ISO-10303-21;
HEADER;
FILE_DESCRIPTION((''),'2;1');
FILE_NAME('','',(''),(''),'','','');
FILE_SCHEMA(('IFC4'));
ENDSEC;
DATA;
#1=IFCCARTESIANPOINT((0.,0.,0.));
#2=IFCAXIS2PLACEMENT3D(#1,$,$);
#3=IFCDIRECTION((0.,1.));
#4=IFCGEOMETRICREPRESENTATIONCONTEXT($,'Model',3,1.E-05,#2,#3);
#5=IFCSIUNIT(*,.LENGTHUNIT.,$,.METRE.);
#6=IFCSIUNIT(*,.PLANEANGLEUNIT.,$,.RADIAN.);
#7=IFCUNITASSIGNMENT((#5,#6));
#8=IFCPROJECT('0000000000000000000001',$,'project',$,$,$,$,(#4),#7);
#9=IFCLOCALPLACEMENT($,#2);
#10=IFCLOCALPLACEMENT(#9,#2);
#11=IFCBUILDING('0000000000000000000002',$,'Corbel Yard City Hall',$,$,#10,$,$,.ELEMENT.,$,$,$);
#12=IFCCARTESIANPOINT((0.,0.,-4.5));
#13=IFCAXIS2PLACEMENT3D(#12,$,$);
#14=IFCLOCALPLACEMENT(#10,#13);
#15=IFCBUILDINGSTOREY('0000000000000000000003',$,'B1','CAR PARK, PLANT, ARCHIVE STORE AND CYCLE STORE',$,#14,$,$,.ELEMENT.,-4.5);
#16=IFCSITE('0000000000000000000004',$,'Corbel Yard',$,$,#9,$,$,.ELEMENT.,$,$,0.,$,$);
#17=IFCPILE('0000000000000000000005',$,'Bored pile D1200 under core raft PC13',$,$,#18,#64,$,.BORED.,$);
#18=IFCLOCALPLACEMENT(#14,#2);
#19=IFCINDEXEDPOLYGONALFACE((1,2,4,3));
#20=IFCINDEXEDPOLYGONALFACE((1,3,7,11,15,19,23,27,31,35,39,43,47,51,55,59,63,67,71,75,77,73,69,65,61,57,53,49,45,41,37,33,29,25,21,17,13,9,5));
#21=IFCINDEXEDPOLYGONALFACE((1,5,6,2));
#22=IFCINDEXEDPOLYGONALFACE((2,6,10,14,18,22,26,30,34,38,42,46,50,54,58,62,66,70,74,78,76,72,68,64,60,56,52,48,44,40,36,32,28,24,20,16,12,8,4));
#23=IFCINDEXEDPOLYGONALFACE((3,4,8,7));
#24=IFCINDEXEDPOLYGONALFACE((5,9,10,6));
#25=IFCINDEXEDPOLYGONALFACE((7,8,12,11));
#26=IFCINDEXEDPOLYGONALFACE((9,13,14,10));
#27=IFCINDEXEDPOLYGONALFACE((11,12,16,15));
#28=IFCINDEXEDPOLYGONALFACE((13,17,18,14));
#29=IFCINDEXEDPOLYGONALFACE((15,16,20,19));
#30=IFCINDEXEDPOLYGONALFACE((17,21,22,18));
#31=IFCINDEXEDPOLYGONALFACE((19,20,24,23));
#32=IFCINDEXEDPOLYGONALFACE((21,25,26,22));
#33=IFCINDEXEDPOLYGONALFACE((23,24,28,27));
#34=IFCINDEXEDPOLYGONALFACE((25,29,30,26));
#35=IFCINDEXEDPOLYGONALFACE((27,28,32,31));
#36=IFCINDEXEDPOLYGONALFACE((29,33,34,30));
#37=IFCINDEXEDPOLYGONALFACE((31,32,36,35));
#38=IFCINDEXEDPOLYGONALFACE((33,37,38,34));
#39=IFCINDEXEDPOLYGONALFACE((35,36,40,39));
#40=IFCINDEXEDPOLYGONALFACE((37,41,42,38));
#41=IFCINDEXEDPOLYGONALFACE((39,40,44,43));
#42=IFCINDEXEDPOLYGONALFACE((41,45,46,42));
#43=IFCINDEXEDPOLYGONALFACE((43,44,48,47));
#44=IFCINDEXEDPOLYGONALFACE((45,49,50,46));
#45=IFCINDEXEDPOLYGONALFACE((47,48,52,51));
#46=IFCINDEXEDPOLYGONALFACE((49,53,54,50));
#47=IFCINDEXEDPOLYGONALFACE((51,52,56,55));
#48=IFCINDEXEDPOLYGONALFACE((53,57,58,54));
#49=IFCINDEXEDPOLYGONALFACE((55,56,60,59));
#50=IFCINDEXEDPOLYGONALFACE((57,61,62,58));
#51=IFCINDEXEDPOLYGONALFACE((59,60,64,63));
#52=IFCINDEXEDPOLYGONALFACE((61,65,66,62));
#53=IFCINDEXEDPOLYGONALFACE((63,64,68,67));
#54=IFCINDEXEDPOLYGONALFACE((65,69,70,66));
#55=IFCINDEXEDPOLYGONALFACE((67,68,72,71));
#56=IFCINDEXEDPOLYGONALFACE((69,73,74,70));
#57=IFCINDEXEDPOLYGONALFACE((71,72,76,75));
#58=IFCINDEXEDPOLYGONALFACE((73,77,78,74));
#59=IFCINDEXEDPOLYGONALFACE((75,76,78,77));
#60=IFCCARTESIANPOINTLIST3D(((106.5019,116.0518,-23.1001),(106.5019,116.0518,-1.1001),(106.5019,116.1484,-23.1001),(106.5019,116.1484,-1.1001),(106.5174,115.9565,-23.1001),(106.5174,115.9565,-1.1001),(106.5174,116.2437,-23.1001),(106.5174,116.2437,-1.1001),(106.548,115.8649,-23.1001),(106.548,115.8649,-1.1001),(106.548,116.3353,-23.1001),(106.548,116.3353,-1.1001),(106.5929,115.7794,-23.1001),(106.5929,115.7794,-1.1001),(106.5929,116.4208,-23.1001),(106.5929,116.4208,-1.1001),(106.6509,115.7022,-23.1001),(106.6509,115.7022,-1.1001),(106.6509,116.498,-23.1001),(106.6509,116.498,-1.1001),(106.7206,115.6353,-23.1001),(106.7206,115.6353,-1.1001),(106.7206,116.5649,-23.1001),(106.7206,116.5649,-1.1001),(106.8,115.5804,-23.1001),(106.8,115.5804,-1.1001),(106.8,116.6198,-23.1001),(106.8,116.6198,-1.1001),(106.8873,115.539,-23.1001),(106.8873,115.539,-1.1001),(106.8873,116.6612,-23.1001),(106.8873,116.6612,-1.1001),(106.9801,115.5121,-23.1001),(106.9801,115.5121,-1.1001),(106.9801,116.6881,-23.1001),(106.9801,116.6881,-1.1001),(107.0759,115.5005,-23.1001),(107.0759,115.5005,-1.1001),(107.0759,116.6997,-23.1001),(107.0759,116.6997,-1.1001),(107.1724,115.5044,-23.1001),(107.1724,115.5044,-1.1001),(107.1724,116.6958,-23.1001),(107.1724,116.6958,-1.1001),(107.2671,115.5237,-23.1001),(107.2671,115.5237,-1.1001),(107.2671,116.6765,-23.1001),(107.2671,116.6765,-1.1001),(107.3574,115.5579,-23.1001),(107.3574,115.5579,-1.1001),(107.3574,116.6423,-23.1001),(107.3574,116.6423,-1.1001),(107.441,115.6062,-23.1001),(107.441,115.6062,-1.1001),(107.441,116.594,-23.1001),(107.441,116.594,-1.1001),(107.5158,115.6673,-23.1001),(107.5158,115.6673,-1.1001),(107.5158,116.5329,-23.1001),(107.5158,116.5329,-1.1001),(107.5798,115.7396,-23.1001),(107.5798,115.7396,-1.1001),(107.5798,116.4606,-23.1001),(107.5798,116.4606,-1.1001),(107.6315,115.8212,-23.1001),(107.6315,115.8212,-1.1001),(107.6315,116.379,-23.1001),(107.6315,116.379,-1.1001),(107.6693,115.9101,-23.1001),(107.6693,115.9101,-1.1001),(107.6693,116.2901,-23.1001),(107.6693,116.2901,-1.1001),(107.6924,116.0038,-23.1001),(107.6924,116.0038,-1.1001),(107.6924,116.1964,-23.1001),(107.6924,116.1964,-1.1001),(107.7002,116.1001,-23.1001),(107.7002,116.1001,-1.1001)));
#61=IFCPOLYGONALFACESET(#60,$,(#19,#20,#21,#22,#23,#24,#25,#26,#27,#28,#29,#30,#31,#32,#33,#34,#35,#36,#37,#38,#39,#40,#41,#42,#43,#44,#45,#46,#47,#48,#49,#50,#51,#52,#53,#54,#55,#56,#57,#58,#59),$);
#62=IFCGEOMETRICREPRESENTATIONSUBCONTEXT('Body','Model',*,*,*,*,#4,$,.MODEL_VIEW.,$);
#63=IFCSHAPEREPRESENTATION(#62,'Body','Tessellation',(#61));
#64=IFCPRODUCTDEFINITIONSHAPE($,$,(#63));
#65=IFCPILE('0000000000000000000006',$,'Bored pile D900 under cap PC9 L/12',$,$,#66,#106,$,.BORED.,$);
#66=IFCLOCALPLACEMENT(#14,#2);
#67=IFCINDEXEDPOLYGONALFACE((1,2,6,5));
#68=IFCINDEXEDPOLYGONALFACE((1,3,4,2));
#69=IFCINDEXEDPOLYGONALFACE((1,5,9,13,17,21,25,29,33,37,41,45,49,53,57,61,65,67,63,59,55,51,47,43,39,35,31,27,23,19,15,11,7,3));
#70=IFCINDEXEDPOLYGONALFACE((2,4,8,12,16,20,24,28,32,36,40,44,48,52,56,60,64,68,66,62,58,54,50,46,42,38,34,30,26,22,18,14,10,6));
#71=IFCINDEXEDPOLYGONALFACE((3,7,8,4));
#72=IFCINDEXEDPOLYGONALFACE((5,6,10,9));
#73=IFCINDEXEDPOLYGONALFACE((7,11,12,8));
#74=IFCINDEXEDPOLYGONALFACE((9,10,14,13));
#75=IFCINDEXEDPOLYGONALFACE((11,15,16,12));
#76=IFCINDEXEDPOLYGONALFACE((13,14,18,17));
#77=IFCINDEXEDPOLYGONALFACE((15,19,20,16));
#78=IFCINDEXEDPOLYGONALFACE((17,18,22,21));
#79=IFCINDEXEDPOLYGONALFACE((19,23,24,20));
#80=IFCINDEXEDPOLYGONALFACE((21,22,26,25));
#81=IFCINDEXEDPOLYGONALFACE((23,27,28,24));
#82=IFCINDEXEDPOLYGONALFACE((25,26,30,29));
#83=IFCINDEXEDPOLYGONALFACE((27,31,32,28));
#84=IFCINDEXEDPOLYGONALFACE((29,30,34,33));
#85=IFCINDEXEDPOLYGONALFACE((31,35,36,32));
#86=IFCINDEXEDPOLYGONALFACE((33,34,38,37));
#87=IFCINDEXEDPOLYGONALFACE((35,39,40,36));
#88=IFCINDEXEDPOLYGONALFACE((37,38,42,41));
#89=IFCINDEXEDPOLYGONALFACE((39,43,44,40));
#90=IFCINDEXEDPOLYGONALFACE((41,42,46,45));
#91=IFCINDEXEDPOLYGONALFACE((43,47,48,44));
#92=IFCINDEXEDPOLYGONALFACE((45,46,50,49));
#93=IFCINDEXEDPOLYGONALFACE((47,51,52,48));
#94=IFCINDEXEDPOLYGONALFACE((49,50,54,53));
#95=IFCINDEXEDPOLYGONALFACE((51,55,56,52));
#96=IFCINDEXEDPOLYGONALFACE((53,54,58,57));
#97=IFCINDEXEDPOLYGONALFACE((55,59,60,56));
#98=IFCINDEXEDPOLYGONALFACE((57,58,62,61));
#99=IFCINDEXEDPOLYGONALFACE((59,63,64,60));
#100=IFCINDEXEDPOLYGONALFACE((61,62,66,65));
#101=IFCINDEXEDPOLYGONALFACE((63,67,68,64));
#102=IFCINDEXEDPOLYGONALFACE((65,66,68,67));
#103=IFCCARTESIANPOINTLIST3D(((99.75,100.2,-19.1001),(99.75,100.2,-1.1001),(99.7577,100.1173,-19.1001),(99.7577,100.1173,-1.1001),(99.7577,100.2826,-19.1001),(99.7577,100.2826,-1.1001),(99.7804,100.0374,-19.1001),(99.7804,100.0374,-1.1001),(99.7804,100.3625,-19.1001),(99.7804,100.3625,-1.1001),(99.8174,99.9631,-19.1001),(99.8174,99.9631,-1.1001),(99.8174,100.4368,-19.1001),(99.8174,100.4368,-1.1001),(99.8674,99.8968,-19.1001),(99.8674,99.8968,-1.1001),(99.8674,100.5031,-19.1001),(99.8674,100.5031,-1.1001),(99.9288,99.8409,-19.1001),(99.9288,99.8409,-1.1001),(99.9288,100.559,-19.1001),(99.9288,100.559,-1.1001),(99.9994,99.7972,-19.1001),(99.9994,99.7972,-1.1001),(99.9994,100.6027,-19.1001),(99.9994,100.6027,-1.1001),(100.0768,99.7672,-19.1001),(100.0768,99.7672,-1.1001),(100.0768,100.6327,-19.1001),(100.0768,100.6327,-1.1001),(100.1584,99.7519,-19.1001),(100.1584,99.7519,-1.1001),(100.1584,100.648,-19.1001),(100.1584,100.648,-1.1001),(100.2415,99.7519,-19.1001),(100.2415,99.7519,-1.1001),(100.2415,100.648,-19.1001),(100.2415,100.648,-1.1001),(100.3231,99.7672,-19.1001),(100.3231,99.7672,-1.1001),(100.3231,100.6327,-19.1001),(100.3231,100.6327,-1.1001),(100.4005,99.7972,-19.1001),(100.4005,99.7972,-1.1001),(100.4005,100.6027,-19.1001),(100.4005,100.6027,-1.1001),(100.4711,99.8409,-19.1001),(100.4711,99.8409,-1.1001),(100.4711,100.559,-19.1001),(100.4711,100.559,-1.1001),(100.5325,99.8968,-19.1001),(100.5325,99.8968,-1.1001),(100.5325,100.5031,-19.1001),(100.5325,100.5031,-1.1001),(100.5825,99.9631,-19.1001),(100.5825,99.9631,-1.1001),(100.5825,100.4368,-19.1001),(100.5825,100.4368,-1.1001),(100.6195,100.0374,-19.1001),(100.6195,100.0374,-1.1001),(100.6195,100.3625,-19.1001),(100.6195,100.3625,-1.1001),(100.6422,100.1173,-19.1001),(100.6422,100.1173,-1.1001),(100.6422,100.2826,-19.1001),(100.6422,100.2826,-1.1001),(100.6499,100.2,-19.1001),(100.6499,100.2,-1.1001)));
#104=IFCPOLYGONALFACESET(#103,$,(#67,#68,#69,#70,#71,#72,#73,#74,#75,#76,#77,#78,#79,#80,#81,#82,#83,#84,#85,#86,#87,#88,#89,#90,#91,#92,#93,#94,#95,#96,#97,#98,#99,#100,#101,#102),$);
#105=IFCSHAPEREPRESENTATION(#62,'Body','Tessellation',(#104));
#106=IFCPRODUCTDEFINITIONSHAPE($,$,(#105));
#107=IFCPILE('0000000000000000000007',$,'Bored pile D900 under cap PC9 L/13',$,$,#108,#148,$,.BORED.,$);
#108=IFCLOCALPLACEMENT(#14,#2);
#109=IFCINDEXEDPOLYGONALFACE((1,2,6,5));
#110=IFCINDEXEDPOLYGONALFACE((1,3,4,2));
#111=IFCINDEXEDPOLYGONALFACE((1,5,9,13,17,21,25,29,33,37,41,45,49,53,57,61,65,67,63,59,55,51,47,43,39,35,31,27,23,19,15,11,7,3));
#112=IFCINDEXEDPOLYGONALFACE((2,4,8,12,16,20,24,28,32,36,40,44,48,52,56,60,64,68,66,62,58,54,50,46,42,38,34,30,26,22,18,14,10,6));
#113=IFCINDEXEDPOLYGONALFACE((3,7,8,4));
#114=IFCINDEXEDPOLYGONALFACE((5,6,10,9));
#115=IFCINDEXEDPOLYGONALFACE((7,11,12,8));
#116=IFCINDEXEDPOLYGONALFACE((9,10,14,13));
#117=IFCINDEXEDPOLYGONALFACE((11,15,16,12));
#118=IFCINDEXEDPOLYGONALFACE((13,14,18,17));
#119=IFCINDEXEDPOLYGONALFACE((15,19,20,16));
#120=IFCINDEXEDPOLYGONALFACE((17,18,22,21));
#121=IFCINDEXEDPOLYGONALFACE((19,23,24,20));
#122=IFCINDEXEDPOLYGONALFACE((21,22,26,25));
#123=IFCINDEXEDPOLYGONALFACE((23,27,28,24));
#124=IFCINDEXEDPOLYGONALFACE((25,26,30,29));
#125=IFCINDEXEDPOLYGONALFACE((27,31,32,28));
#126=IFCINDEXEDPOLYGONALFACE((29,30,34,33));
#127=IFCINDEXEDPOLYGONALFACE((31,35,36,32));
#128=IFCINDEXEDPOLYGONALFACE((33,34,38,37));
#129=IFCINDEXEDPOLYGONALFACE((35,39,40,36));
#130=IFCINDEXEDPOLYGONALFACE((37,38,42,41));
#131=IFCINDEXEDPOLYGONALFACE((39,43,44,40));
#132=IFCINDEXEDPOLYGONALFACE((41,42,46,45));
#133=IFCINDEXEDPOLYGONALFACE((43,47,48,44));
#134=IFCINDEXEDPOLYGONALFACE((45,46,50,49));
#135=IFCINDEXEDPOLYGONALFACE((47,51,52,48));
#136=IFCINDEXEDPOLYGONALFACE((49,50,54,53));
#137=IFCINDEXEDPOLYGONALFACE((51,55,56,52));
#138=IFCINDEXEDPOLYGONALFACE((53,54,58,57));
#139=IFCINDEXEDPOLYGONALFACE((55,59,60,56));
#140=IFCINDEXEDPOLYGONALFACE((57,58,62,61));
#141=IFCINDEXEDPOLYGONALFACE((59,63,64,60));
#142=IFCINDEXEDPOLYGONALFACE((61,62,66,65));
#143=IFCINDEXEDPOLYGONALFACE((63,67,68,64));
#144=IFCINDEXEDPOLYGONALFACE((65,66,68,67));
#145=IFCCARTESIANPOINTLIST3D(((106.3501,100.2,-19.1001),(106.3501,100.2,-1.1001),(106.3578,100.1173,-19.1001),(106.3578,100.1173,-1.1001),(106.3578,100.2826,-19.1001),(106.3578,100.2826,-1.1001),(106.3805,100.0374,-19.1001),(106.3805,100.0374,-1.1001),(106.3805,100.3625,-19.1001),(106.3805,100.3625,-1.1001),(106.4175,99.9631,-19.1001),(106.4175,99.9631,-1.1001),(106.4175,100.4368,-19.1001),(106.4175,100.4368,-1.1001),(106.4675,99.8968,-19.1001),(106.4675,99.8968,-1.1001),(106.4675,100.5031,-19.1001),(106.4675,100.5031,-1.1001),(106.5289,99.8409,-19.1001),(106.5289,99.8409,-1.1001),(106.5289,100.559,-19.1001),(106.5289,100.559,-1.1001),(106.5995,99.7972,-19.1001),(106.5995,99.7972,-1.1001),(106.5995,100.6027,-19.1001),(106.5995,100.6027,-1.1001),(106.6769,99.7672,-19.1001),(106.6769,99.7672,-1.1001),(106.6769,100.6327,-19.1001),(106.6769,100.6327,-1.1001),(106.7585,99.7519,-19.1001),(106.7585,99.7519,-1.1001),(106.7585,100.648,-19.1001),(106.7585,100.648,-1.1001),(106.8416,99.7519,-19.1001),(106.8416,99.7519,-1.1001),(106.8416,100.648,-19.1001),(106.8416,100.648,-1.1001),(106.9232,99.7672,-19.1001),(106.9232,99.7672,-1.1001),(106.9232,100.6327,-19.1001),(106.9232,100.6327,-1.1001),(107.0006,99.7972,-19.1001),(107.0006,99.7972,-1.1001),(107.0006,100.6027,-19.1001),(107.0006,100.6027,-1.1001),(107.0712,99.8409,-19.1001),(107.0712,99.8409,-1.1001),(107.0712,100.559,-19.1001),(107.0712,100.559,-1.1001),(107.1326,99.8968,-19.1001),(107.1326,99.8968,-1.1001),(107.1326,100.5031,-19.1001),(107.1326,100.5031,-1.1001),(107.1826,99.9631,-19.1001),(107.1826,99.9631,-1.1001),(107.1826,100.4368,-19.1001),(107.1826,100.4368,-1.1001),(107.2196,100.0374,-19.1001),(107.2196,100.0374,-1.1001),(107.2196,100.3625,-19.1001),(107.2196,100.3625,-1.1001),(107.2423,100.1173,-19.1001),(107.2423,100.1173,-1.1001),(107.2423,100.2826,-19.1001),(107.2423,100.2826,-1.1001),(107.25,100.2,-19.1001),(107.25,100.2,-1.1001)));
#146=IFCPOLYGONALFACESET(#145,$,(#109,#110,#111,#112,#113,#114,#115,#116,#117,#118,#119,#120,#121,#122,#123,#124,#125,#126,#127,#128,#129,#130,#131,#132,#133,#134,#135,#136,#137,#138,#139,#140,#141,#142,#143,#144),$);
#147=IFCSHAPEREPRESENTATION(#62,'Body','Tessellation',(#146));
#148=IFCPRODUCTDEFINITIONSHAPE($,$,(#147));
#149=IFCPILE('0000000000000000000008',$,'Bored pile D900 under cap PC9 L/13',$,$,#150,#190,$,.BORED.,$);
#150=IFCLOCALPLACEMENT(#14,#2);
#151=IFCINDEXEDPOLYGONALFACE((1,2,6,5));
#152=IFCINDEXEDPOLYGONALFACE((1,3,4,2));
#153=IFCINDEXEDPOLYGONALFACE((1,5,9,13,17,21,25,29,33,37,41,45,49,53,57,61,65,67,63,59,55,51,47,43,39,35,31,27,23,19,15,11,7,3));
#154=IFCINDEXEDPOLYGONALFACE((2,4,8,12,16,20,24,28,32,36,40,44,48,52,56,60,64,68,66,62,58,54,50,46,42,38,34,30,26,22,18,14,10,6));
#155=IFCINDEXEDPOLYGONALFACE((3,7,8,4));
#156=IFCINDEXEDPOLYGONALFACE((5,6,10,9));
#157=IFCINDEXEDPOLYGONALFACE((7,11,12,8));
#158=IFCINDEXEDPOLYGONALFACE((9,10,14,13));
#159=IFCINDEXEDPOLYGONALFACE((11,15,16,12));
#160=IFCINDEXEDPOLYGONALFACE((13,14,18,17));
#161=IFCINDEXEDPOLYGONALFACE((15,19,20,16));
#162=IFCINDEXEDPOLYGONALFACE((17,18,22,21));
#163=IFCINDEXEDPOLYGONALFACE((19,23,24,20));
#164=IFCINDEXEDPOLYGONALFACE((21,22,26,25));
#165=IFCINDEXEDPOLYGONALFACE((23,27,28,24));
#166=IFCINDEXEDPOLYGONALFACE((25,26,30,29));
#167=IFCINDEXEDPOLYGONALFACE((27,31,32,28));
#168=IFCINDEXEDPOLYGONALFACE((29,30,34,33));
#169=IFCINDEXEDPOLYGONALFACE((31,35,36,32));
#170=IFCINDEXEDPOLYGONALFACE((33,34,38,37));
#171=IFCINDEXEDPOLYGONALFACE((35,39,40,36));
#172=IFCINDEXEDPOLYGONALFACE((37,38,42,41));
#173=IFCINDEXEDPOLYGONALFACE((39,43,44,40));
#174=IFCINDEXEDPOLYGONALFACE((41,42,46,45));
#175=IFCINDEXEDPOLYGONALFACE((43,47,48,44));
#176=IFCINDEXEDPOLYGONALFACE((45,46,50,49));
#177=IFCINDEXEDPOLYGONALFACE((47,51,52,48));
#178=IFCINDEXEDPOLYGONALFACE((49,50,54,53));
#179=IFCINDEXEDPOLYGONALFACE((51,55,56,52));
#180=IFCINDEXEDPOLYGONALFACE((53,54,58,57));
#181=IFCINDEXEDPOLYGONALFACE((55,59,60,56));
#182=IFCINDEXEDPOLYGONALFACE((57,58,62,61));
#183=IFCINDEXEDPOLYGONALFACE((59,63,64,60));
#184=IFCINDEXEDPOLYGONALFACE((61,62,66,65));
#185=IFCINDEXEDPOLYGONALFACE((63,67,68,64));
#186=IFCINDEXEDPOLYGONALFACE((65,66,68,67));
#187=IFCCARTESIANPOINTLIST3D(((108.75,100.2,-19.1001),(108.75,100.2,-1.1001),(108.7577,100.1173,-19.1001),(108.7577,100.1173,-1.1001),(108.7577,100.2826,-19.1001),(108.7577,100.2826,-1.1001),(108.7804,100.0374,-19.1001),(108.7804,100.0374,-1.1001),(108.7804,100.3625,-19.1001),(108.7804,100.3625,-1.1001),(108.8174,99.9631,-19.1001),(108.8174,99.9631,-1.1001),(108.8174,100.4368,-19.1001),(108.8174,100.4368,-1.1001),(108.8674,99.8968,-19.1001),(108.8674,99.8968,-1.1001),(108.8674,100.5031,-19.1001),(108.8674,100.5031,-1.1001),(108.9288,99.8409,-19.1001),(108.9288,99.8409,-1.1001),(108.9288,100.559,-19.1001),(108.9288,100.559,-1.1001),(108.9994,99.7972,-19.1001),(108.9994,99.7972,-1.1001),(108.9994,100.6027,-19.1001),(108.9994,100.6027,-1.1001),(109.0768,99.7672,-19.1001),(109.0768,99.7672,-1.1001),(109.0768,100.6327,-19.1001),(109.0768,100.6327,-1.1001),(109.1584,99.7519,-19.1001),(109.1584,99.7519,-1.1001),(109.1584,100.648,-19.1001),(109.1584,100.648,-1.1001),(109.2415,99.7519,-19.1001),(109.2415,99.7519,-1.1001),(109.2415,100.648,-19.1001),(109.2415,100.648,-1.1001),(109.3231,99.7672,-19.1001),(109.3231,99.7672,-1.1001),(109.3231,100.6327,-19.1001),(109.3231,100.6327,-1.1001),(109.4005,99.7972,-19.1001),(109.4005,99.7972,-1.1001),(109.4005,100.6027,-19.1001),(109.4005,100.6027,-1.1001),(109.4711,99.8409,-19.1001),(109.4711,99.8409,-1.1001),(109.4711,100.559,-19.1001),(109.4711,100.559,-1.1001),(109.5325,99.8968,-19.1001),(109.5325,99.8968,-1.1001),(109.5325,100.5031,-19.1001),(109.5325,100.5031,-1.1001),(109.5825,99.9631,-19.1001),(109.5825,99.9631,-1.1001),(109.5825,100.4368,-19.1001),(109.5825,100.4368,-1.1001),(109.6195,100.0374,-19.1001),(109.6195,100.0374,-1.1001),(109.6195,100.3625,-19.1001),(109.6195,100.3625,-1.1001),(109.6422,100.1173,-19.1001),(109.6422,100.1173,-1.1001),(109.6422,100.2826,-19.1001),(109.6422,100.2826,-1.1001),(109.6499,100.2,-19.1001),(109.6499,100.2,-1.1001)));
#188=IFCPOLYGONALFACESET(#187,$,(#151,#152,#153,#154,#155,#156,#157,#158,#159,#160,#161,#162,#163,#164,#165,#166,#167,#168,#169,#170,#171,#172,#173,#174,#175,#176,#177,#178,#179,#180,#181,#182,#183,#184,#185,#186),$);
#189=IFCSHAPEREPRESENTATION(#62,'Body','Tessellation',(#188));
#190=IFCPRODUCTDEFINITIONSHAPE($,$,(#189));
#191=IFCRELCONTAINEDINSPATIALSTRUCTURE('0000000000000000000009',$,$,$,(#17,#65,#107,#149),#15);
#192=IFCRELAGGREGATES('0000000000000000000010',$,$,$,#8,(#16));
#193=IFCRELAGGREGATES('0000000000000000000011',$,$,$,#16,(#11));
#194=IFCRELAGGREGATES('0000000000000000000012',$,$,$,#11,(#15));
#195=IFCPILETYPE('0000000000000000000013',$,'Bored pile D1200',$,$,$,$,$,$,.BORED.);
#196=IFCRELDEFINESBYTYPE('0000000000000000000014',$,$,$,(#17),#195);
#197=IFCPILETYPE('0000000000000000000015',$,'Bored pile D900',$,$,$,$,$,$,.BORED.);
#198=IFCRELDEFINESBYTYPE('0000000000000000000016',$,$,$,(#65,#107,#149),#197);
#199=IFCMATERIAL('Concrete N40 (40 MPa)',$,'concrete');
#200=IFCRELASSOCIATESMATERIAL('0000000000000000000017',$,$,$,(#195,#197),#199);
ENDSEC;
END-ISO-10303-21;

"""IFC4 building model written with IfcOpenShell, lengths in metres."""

from ifc_helpers import new_model, si_unit, direction, frame, origin, origin_2d, place, context, subcontext, project, spatial, circle, extrude, material, material_profile, profile_set, type_object, element, save


model = new_model("IFC4")

# Units and contexts
model_context = context("Model", 3, precision=1e-05, world=origin(), true_north=direction((0.0, 1.0)))
body_context = subcontext(model_context, "Body", "Model", "MODEL_VIEW")
ifc_project = project(units=[si_unit("LENGTHUNIT", "METRE"), si_unit("PLANEANGLEUNIT", "RADIAN")], contexts=[model_context])

# Site, building, storey
site_placement = place(None, origin())
site = spatial("IfcSite", under=ifc_project, at=site_placement, Name="Corbel Yard", CompositionType="ELEMENT", RefElevation=0.0)
building_placement = place(site_placement, origin())
building = spatial("IfcBuilding", under=site, at=building_placement, Name="Corbel Yard City Hall", CompositionType="ELEMENT")
storey_placement = place(building_placement, frame((0.0, 0.0, -4.5)))
storey = spatial("IfcBuildingStorey", under=building, at=storey_placement, Name="B1", Description="CAR PARK, PLANT, ARCHIVE STORE AND CYCLE STORE", CompositionType="ELEMENT", Elevation=-4.5)

# Piles
ifc_material_1 = material(Name="Concrete N40 (40 MPa)", Category="concrete")
ifc_material_profile_1 = material_profile(ifc_material_1, circle(Radius=0.6001, at=origin_2d()), Name="D1200")
ifc_profile_set_1 = profile_set([ifc_material_profile_1], Name="Concrete N40 (40 MPa)")
pile_type_1 = type_object("IfcPileType", Name="Bored pile D1200", PredefinedType="BORED", material=ifc_profile_set_1)
for number, where, z_axis, x_axis, name in (
    (1, (107.1001, 116.1001, -1.1001), (0.0, 0.0, -1.0), (1.0, 0.0, 0.0), "Bored pile D1200 under core raft PC13"),
):
    element("IfcPile", number, at=place(storey_placement, frame(where, z_axis=z_axis, x_axis=x_axis)), inside=storey, type_object=pile_type_1, Name=name, PredefinedType="BORED", context=body_context, shape_type="SweptSolid", body=[
        extrude(circle(Radius=0.6001, at=origin_2d()), origin(), (0.0, 0.0, 1.0), 22.0),
    ])
ifc_material_profile_2 = material_profile(ifc_material_1, circle(Radius=0.45, at=origin_2d()), Name="D900")
ifc_profile_set_2 = profile_set([ifc_material_profile_2], Name="Concrete N40 (40 MPa)")
pile_type_2 = type_object("IfcPileType", Name="Bored pile D900", PredefinedType="BORED", material=ifc_profile_set_2)
for number, where, z_axis, x_axis, name in (
    (2, (100.2, 100.2, -1.1001), (0.0, 0.0, -1.0), (1.0, 0.0, 0.0), "Bored pile D900 under cap PC9 L/12"),
    (3, (106.8, 100.2, -1.1001), (0.0, 0.0, -1.0), (1.0, 0.0, 0.0), "Bored pile D900 under cap PC9 L/13"),
    (4, (109.2, 100.2, -1.1001), (0.0, 0.0, -1.0), (1.0, 0.0, 0.0), "Bored pile D900 under cap PC9 L/13"),
):
    element("IfcPile", number, at=place(storey_placement, frame(where, z_axis=z_axis, x_axis=x_axis)), inside=storey, type_object=pile_type_2, Name=name, PredefinedType="BORED", context=body_context, shape_type="SweptSolid", body=[
        extrude(circle(Radius=0.45, at=origin_2d()), origin(), (0.0, 0.0, 1.0), 18.0),
    ])

save(model, "model.ifc")
